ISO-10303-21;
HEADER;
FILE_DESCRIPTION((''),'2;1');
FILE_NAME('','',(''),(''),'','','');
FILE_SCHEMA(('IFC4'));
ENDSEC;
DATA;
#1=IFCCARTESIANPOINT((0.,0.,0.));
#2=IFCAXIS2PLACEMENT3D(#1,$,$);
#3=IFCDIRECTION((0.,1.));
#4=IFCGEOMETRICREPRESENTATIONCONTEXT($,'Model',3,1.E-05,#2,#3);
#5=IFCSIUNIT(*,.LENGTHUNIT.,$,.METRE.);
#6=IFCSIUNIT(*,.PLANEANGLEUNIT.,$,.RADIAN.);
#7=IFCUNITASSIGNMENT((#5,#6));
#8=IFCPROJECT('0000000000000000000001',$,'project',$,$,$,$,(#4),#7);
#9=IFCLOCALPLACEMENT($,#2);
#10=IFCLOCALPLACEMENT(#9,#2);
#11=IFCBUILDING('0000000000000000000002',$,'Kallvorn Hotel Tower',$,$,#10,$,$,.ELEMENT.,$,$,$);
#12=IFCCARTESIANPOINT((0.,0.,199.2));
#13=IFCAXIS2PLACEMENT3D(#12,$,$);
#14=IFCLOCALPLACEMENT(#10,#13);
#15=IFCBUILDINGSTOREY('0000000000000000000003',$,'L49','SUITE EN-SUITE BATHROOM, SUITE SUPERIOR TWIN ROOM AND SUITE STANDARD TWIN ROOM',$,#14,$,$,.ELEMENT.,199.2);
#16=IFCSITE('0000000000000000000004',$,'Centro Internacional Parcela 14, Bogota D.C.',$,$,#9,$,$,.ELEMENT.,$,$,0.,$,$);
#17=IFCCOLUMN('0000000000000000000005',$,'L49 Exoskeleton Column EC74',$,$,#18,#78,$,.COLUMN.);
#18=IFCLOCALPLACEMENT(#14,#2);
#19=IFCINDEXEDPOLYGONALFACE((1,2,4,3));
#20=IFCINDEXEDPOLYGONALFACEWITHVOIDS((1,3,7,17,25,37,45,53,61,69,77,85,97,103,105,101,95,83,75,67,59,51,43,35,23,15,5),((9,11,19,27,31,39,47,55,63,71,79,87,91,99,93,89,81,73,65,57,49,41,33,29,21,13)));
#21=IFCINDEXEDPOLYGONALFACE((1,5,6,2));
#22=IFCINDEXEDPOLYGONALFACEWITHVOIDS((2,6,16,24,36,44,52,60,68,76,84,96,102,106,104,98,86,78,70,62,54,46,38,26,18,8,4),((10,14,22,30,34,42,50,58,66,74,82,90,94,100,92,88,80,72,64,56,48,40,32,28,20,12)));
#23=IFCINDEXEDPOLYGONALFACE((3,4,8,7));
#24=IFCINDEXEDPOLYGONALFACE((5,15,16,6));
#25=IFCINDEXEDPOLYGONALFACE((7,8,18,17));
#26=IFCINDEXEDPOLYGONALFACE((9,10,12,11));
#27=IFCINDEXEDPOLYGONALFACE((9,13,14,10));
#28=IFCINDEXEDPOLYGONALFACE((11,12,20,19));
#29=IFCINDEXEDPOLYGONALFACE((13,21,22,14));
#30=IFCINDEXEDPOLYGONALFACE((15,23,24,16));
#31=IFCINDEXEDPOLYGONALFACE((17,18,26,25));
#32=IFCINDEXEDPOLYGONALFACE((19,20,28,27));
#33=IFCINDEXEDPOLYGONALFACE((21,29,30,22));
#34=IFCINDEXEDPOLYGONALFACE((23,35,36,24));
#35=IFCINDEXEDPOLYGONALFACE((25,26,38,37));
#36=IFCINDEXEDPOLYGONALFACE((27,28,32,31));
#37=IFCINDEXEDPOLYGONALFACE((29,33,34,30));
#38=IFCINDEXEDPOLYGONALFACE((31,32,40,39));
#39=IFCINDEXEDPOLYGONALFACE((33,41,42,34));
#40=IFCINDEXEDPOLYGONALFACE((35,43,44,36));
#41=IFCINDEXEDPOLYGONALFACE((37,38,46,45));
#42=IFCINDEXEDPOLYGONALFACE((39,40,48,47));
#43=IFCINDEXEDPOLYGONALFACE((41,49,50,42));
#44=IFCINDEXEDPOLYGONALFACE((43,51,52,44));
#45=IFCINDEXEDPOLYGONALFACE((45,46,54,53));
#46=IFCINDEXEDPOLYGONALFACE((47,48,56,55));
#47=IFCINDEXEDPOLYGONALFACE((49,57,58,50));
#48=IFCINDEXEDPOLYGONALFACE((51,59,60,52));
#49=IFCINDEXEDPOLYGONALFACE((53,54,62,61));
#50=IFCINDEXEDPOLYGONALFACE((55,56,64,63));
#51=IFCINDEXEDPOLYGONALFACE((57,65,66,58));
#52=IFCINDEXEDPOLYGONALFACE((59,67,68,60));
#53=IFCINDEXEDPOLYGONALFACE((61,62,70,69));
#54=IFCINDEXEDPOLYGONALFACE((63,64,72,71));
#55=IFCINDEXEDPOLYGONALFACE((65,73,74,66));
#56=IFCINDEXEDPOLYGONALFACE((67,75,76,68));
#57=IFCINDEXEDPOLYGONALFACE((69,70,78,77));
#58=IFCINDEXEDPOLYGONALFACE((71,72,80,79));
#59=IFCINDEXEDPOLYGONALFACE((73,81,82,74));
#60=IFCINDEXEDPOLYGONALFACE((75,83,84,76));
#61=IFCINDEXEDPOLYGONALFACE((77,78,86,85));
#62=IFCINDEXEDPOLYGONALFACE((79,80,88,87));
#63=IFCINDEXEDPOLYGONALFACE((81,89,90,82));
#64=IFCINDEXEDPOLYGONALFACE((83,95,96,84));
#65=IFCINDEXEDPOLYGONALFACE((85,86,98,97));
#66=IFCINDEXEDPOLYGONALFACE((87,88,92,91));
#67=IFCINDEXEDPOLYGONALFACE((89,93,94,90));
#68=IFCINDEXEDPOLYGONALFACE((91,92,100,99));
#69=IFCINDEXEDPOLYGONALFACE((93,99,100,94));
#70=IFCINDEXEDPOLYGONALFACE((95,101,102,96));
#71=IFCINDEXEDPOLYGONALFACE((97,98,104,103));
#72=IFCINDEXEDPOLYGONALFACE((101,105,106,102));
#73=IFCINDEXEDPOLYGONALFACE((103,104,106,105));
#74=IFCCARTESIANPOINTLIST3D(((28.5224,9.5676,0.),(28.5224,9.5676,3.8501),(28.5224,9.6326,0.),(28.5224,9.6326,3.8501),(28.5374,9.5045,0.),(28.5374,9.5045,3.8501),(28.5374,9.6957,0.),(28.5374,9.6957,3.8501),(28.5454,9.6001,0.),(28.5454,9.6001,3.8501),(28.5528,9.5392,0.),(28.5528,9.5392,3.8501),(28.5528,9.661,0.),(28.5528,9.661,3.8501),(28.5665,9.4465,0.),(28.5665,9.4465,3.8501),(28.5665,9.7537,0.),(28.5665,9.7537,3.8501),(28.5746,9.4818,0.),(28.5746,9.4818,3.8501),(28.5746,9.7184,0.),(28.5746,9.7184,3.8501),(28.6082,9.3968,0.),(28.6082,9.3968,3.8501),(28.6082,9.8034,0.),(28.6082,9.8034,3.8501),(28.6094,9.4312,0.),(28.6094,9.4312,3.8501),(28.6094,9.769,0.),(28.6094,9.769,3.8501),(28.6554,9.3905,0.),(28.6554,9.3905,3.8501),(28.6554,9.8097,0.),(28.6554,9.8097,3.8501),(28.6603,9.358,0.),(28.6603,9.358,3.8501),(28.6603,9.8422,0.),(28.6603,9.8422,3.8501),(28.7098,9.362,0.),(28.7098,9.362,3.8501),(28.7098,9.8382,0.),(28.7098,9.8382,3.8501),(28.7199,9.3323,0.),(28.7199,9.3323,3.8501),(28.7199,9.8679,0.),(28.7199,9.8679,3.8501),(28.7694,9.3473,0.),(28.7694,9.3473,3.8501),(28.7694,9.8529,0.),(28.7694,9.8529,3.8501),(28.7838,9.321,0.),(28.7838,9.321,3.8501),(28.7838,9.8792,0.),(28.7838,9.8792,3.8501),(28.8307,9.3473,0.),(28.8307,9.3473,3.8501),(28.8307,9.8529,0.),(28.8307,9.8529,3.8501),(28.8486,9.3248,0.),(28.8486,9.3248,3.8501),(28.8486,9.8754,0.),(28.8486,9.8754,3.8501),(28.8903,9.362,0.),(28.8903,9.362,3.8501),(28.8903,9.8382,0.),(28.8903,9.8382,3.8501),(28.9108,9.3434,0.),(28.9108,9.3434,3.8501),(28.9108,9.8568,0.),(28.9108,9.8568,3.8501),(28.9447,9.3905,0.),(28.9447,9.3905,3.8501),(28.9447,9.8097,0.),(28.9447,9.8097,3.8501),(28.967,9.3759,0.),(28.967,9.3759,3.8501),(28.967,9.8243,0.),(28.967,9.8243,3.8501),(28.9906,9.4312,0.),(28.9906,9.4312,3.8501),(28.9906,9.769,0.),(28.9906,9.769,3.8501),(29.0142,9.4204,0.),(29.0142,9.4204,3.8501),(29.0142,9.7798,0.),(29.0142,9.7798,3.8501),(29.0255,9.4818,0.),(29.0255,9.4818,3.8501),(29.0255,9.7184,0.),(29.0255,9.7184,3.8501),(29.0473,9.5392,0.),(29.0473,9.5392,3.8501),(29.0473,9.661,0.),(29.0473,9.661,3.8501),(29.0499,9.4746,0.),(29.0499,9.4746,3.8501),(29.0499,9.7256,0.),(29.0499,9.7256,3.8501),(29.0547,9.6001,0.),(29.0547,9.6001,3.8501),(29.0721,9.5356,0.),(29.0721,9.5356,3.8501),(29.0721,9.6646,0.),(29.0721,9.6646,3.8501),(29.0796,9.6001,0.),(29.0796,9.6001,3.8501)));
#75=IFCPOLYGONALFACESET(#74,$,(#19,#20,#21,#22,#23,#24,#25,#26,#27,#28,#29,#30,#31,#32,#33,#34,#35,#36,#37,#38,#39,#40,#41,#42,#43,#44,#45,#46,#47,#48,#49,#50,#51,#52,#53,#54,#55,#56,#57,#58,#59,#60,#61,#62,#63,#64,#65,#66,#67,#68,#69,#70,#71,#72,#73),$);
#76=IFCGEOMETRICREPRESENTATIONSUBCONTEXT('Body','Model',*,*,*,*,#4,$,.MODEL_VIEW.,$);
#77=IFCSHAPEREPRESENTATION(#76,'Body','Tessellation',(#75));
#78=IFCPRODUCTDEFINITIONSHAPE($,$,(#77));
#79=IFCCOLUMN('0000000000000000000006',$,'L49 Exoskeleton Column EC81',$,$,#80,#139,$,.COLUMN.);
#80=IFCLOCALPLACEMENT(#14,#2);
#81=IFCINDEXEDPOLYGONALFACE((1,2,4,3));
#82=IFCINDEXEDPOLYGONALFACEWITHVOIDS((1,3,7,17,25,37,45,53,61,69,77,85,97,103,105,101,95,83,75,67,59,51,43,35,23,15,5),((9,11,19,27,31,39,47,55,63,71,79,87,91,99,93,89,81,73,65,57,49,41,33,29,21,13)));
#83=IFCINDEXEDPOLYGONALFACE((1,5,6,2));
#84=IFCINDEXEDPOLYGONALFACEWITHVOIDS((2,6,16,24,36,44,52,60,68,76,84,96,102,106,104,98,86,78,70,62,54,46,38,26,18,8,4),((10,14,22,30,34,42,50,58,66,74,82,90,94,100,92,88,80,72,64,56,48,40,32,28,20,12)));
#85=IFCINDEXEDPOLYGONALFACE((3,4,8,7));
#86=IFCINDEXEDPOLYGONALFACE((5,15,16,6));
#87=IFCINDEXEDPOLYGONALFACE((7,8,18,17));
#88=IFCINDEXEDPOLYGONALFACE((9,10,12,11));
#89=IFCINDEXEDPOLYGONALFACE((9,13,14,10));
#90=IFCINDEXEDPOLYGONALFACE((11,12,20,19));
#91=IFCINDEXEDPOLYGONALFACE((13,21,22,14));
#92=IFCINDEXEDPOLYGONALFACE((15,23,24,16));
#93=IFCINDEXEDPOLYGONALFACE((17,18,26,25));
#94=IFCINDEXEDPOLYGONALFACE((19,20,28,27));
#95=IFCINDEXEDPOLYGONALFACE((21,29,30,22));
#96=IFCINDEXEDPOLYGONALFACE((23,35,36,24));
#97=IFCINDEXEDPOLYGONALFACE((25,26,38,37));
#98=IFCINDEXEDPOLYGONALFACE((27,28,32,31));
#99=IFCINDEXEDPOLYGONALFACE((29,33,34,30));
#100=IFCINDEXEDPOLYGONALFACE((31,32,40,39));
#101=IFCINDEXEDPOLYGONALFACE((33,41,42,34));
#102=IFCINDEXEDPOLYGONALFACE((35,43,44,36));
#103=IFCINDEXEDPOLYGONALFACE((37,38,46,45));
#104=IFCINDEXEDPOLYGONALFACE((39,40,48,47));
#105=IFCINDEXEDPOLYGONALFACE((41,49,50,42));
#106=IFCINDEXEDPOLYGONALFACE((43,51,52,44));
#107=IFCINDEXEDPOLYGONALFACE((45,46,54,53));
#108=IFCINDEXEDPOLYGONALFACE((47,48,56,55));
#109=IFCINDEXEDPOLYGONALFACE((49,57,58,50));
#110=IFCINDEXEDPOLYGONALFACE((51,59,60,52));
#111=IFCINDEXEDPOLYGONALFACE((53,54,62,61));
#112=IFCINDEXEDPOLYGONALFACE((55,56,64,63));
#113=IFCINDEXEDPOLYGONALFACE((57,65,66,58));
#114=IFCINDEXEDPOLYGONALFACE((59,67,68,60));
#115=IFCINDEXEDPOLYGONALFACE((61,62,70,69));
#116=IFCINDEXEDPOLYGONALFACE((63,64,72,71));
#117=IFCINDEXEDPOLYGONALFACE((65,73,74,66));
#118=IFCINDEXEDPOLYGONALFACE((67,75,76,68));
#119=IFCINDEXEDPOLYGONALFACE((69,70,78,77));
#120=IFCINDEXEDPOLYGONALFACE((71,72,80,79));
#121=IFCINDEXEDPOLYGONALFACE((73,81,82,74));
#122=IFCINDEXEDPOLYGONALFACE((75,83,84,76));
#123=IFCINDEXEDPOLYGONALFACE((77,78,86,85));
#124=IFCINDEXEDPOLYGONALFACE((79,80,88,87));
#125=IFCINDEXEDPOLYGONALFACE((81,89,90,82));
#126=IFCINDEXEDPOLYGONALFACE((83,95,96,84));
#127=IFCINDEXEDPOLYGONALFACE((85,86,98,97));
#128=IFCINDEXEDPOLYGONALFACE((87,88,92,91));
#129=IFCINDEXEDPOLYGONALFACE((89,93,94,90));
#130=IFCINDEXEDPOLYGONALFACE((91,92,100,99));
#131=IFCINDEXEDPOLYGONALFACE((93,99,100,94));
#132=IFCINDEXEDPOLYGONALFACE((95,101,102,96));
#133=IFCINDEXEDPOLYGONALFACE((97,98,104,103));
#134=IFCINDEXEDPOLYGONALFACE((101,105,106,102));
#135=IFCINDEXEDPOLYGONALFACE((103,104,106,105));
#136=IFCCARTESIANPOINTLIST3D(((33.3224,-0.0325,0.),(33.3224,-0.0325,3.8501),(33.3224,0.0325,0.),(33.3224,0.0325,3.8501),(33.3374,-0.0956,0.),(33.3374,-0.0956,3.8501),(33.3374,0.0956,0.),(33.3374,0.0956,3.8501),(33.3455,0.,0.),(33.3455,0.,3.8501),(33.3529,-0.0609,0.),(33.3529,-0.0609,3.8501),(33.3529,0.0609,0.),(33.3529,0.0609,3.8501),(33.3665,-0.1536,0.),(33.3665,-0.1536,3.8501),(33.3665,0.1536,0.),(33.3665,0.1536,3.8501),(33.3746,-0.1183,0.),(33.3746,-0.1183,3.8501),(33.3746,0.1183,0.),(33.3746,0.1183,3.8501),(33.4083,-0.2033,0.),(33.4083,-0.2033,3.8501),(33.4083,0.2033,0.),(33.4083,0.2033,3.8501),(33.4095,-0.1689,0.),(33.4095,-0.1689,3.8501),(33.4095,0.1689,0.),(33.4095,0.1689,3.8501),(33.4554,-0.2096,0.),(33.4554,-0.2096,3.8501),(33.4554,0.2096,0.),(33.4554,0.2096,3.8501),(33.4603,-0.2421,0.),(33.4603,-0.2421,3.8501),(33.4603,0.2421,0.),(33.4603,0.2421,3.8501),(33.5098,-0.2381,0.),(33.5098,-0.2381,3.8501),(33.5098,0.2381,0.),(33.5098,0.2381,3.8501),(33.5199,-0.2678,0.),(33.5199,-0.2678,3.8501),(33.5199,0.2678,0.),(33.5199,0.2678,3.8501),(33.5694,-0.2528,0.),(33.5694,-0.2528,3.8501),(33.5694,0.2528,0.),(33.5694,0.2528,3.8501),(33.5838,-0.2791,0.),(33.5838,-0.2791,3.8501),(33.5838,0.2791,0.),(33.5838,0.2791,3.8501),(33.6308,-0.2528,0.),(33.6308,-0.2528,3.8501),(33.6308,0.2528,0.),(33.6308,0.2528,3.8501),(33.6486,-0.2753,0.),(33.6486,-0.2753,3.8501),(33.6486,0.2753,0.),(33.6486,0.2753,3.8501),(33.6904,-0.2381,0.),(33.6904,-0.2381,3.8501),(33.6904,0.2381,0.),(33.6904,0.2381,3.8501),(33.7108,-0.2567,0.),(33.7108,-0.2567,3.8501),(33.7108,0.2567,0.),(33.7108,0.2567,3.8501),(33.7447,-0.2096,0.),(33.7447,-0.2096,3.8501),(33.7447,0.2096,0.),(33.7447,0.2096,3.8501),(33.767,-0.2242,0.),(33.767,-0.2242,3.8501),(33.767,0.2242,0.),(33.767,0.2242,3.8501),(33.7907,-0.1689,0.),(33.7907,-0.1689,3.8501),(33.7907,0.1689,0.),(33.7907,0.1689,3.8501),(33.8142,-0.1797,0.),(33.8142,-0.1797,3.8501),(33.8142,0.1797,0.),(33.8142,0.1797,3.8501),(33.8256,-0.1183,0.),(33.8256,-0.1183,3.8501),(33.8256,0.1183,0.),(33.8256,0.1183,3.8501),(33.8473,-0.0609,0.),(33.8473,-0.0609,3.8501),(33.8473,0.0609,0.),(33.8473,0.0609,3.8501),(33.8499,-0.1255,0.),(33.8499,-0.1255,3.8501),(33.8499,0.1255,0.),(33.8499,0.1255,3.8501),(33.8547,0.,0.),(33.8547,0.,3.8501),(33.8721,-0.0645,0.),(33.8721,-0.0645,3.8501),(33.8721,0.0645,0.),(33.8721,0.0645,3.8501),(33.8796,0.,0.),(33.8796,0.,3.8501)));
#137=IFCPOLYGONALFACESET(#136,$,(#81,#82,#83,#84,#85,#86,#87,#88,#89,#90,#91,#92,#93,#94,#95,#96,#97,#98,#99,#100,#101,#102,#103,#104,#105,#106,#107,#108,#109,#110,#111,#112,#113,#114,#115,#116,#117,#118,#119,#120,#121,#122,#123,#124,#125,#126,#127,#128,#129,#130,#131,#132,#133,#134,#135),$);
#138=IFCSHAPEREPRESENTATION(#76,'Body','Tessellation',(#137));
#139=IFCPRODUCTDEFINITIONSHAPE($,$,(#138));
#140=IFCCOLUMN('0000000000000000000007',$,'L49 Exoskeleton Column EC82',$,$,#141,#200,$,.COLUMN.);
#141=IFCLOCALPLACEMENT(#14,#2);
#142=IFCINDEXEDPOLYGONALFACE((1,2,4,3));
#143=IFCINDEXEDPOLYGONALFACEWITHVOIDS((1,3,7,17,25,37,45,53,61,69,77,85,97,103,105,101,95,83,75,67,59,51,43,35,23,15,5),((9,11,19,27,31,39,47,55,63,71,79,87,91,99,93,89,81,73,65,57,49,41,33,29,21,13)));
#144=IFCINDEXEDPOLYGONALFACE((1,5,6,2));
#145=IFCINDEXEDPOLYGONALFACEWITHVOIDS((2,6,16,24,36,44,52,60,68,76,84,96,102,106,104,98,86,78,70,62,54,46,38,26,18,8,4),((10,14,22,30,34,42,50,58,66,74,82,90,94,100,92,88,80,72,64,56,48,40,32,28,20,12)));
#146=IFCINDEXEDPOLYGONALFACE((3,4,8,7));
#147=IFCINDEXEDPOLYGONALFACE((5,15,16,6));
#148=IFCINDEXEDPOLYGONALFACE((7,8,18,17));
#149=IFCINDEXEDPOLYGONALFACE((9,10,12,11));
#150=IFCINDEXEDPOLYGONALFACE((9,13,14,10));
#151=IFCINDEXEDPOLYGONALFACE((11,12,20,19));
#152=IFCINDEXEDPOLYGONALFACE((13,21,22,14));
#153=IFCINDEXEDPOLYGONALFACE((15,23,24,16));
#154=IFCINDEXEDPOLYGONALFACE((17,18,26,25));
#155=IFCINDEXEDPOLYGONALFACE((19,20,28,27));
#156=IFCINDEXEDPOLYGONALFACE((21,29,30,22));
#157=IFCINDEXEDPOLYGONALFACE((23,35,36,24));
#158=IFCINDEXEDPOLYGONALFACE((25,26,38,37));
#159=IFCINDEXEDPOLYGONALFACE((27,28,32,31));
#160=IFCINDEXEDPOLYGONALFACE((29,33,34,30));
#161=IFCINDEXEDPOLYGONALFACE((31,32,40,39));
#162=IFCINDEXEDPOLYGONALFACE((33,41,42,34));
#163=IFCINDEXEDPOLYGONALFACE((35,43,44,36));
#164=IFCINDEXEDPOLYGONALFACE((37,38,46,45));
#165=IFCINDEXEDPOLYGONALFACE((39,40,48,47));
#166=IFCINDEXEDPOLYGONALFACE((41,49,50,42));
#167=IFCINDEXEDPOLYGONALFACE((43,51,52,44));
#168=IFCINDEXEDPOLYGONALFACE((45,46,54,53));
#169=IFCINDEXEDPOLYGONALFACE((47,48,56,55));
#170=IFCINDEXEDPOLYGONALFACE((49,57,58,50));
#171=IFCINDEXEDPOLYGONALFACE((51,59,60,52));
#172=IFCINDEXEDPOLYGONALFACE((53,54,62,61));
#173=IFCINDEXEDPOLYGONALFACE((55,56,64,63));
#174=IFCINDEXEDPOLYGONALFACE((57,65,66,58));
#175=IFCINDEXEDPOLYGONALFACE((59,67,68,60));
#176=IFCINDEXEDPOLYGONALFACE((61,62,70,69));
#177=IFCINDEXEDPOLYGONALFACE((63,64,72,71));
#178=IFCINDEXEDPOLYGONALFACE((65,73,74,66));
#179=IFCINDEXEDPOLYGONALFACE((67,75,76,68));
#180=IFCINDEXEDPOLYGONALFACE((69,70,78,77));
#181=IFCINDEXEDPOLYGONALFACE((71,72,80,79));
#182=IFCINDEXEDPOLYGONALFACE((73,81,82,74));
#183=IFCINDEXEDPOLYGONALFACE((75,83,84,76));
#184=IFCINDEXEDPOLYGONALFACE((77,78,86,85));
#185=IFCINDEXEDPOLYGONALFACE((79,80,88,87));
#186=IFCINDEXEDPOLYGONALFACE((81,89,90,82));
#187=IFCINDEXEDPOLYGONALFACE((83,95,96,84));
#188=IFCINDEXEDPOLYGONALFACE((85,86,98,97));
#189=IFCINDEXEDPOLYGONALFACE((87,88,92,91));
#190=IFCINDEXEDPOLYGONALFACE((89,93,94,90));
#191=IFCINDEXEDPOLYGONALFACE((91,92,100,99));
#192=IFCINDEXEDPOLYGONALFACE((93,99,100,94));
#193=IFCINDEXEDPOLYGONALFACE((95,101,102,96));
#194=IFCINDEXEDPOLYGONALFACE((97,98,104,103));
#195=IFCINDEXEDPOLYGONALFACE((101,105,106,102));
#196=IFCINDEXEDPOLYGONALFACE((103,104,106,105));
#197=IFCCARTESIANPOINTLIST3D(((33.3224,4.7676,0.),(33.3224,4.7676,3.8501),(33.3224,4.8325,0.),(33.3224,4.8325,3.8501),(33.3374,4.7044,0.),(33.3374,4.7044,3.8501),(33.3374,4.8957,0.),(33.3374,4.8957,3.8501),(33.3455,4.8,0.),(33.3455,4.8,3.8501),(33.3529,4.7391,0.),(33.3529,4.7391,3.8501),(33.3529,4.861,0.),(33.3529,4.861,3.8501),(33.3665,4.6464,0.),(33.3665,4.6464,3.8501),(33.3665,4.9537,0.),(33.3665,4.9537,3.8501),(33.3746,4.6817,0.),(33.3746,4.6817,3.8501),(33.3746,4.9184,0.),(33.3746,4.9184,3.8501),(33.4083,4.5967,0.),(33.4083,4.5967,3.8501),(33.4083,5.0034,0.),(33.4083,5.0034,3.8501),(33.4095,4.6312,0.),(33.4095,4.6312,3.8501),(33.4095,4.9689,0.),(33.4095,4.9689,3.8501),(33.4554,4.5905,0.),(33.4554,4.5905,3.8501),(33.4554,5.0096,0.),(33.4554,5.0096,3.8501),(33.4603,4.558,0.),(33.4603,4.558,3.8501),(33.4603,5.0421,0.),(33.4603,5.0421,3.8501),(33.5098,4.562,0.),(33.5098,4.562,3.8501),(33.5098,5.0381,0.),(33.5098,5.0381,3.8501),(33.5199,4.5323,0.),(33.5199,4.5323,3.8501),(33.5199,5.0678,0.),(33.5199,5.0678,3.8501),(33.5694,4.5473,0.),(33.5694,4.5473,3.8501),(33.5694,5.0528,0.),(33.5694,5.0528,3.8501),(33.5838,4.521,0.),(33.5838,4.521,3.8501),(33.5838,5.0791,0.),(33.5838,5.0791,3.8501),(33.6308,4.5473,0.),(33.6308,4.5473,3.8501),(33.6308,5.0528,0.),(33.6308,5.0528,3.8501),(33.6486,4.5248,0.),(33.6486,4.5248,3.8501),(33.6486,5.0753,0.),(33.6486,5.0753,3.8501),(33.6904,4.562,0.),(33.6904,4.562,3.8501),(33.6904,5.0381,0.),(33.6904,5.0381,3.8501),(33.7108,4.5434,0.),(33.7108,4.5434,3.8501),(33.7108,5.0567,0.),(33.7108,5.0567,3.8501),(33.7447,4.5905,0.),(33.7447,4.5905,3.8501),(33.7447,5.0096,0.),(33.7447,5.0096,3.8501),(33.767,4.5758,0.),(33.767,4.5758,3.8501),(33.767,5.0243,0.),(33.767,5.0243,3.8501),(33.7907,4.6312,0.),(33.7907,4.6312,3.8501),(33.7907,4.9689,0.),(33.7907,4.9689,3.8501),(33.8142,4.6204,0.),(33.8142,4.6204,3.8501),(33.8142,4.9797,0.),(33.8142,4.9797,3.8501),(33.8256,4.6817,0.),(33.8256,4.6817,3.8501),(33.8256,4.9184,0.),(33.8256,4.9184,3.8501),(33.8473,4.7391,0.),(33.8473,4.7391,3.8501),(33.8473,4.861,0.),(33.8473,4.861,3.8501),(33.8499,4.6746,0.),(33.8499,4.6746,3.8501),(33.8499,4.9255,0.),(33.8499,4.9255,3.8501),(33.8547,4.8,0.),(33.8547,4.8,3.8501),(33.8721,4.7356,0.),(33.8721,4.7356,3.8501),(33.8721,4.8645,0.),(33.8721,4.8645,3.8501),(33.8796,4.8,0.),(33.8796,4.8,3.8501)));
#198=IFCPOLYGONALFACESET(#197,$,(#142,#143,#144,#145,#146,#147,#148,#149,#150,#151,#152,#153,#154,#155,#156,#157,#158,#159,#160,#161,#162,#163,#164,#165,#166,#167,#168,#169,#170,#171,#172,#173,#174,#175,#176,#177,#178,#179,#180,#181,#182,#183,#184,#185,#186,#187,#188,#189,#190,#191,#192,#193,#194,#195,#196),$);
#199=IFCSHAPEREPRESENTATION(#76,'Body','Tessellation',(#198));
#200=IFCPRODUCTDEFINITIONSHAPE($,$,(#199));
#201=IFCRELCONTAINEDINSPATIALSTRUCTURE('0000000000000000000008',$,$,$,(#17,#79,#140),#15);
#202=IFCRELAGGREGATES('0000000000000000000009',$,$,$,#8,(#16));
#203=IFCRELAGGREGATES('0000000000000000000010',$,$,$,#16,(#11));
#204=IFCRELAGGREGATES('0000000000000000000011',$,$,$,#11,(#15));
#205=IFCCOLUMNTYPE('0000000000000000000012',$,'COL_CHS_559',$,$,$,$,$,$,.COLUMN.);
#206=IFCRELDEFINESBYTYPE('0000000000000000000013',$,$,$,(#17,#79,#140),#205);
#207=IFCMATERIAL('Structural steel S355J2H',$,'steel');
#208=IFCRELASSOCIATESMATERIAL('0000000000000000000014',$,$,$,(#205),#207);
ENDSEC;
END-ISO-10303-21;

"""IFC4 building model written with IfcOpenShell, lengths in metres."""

from ifc_helpers import new_model, si_unit, direction, frame, origin, origin_2d, place, context, subcontext, project, spatial, hollow_circle, extrude, material, material_profile, profile_set, type_object, element, save


model = new_model("IFC4")

# Units and contexts
model_context = context("Model", 3, precision=1e-05, world=origin(), true_north=direction((0.0, 1.0)))
body_context = subcontext(model_context, "Body", "Model", "MODEL_VIEW")
ifc_project = project(units=[si_unit("LENGTHUNIT", "METRE"), si_unit("PLANEANGLEUNIT", "RADIAN")], contexts=[model_context])

# Site, building, storey
site_placement = place(None, origin())
site = spatial("IfcSite", under=ifc_project, at=site_placement, Name="Centro Internacional Parcela 14, Bogota D.C.", CompositionType="ELEMENT", RefElevation=0.0)
building_placement = place(site_placement, origin())
building = spatial("IfcBuilding", under=site, at=building_placement, Name="Kallvorn Hotel Tower", CompositionType="ELEMENT")
storey_placement = place(building_placement, frame((0.0, 0.0, 199.2)))
storey = spatial("IfcBuildingStorey", under=building, at=storey_placement, Name="L49", Description="SUITE EN-SUITE BATHROOM, SUITE SUPERIOR TWIN ROOM AND SUITE STANDARD TWIN ROOM", CompositionType="ELEMENT", Elevation=199.2)

# Columns
ifc_material_1 = material(Name="Structural steel S355J2H", Category="steel")
ifc_material_profile_1 = material_profile(ifc_material_1, hollow_circle(Radius=0.2795, WallThickness=0.0249, at=origin_2d()), Name="CHS 559x25")
ifc_profile_set_1 = profile_set([ifc_material_profile_1], Name="Structural steel S355J2H")
column_type_1 = type_object("IfcColumnType", Name="COL_CHS_559", PredefinedType="COLUMN", material=ifc_profile_set_1)
for number, where, z_axis, x_axis, name in (
    (1, (28.8, 9.6001, 0.0), (0.0, 0.0, 1.0), (1.0, 0.0, 0.0), "L49 Exoskeleton Column EC74"),
    (2, (33.6001, 0.0, 0.0), (0.0, 0.0, 1.0), (1.0, 0.0, 0.0), "L49 Exoskeleton Column EC81"),
    (3, (33.6001, 4.8, 0.0), (0.0, 0.0, 1.0), (1.0, 0.0, 0.0), "L49 Exoskeleton Column EC82"),
):
    element("IfcColumn", number, at=place(storey_placement, frame(where, z_axis=z_axis, x_axis=x_axis)), inside=storey, type_object=column_type_1, Name=name, PredefinedType="COLUMN", context=body_context, shape_type="SweptSolid", body=[
        extrude(hollow_circle(Radius=0.2795, WallThickness=0.0249, at=origin_2d()), origin(), (0.0, 0.0, 1.0), 3.8501),
    ])

save(model, "model.ifc")
